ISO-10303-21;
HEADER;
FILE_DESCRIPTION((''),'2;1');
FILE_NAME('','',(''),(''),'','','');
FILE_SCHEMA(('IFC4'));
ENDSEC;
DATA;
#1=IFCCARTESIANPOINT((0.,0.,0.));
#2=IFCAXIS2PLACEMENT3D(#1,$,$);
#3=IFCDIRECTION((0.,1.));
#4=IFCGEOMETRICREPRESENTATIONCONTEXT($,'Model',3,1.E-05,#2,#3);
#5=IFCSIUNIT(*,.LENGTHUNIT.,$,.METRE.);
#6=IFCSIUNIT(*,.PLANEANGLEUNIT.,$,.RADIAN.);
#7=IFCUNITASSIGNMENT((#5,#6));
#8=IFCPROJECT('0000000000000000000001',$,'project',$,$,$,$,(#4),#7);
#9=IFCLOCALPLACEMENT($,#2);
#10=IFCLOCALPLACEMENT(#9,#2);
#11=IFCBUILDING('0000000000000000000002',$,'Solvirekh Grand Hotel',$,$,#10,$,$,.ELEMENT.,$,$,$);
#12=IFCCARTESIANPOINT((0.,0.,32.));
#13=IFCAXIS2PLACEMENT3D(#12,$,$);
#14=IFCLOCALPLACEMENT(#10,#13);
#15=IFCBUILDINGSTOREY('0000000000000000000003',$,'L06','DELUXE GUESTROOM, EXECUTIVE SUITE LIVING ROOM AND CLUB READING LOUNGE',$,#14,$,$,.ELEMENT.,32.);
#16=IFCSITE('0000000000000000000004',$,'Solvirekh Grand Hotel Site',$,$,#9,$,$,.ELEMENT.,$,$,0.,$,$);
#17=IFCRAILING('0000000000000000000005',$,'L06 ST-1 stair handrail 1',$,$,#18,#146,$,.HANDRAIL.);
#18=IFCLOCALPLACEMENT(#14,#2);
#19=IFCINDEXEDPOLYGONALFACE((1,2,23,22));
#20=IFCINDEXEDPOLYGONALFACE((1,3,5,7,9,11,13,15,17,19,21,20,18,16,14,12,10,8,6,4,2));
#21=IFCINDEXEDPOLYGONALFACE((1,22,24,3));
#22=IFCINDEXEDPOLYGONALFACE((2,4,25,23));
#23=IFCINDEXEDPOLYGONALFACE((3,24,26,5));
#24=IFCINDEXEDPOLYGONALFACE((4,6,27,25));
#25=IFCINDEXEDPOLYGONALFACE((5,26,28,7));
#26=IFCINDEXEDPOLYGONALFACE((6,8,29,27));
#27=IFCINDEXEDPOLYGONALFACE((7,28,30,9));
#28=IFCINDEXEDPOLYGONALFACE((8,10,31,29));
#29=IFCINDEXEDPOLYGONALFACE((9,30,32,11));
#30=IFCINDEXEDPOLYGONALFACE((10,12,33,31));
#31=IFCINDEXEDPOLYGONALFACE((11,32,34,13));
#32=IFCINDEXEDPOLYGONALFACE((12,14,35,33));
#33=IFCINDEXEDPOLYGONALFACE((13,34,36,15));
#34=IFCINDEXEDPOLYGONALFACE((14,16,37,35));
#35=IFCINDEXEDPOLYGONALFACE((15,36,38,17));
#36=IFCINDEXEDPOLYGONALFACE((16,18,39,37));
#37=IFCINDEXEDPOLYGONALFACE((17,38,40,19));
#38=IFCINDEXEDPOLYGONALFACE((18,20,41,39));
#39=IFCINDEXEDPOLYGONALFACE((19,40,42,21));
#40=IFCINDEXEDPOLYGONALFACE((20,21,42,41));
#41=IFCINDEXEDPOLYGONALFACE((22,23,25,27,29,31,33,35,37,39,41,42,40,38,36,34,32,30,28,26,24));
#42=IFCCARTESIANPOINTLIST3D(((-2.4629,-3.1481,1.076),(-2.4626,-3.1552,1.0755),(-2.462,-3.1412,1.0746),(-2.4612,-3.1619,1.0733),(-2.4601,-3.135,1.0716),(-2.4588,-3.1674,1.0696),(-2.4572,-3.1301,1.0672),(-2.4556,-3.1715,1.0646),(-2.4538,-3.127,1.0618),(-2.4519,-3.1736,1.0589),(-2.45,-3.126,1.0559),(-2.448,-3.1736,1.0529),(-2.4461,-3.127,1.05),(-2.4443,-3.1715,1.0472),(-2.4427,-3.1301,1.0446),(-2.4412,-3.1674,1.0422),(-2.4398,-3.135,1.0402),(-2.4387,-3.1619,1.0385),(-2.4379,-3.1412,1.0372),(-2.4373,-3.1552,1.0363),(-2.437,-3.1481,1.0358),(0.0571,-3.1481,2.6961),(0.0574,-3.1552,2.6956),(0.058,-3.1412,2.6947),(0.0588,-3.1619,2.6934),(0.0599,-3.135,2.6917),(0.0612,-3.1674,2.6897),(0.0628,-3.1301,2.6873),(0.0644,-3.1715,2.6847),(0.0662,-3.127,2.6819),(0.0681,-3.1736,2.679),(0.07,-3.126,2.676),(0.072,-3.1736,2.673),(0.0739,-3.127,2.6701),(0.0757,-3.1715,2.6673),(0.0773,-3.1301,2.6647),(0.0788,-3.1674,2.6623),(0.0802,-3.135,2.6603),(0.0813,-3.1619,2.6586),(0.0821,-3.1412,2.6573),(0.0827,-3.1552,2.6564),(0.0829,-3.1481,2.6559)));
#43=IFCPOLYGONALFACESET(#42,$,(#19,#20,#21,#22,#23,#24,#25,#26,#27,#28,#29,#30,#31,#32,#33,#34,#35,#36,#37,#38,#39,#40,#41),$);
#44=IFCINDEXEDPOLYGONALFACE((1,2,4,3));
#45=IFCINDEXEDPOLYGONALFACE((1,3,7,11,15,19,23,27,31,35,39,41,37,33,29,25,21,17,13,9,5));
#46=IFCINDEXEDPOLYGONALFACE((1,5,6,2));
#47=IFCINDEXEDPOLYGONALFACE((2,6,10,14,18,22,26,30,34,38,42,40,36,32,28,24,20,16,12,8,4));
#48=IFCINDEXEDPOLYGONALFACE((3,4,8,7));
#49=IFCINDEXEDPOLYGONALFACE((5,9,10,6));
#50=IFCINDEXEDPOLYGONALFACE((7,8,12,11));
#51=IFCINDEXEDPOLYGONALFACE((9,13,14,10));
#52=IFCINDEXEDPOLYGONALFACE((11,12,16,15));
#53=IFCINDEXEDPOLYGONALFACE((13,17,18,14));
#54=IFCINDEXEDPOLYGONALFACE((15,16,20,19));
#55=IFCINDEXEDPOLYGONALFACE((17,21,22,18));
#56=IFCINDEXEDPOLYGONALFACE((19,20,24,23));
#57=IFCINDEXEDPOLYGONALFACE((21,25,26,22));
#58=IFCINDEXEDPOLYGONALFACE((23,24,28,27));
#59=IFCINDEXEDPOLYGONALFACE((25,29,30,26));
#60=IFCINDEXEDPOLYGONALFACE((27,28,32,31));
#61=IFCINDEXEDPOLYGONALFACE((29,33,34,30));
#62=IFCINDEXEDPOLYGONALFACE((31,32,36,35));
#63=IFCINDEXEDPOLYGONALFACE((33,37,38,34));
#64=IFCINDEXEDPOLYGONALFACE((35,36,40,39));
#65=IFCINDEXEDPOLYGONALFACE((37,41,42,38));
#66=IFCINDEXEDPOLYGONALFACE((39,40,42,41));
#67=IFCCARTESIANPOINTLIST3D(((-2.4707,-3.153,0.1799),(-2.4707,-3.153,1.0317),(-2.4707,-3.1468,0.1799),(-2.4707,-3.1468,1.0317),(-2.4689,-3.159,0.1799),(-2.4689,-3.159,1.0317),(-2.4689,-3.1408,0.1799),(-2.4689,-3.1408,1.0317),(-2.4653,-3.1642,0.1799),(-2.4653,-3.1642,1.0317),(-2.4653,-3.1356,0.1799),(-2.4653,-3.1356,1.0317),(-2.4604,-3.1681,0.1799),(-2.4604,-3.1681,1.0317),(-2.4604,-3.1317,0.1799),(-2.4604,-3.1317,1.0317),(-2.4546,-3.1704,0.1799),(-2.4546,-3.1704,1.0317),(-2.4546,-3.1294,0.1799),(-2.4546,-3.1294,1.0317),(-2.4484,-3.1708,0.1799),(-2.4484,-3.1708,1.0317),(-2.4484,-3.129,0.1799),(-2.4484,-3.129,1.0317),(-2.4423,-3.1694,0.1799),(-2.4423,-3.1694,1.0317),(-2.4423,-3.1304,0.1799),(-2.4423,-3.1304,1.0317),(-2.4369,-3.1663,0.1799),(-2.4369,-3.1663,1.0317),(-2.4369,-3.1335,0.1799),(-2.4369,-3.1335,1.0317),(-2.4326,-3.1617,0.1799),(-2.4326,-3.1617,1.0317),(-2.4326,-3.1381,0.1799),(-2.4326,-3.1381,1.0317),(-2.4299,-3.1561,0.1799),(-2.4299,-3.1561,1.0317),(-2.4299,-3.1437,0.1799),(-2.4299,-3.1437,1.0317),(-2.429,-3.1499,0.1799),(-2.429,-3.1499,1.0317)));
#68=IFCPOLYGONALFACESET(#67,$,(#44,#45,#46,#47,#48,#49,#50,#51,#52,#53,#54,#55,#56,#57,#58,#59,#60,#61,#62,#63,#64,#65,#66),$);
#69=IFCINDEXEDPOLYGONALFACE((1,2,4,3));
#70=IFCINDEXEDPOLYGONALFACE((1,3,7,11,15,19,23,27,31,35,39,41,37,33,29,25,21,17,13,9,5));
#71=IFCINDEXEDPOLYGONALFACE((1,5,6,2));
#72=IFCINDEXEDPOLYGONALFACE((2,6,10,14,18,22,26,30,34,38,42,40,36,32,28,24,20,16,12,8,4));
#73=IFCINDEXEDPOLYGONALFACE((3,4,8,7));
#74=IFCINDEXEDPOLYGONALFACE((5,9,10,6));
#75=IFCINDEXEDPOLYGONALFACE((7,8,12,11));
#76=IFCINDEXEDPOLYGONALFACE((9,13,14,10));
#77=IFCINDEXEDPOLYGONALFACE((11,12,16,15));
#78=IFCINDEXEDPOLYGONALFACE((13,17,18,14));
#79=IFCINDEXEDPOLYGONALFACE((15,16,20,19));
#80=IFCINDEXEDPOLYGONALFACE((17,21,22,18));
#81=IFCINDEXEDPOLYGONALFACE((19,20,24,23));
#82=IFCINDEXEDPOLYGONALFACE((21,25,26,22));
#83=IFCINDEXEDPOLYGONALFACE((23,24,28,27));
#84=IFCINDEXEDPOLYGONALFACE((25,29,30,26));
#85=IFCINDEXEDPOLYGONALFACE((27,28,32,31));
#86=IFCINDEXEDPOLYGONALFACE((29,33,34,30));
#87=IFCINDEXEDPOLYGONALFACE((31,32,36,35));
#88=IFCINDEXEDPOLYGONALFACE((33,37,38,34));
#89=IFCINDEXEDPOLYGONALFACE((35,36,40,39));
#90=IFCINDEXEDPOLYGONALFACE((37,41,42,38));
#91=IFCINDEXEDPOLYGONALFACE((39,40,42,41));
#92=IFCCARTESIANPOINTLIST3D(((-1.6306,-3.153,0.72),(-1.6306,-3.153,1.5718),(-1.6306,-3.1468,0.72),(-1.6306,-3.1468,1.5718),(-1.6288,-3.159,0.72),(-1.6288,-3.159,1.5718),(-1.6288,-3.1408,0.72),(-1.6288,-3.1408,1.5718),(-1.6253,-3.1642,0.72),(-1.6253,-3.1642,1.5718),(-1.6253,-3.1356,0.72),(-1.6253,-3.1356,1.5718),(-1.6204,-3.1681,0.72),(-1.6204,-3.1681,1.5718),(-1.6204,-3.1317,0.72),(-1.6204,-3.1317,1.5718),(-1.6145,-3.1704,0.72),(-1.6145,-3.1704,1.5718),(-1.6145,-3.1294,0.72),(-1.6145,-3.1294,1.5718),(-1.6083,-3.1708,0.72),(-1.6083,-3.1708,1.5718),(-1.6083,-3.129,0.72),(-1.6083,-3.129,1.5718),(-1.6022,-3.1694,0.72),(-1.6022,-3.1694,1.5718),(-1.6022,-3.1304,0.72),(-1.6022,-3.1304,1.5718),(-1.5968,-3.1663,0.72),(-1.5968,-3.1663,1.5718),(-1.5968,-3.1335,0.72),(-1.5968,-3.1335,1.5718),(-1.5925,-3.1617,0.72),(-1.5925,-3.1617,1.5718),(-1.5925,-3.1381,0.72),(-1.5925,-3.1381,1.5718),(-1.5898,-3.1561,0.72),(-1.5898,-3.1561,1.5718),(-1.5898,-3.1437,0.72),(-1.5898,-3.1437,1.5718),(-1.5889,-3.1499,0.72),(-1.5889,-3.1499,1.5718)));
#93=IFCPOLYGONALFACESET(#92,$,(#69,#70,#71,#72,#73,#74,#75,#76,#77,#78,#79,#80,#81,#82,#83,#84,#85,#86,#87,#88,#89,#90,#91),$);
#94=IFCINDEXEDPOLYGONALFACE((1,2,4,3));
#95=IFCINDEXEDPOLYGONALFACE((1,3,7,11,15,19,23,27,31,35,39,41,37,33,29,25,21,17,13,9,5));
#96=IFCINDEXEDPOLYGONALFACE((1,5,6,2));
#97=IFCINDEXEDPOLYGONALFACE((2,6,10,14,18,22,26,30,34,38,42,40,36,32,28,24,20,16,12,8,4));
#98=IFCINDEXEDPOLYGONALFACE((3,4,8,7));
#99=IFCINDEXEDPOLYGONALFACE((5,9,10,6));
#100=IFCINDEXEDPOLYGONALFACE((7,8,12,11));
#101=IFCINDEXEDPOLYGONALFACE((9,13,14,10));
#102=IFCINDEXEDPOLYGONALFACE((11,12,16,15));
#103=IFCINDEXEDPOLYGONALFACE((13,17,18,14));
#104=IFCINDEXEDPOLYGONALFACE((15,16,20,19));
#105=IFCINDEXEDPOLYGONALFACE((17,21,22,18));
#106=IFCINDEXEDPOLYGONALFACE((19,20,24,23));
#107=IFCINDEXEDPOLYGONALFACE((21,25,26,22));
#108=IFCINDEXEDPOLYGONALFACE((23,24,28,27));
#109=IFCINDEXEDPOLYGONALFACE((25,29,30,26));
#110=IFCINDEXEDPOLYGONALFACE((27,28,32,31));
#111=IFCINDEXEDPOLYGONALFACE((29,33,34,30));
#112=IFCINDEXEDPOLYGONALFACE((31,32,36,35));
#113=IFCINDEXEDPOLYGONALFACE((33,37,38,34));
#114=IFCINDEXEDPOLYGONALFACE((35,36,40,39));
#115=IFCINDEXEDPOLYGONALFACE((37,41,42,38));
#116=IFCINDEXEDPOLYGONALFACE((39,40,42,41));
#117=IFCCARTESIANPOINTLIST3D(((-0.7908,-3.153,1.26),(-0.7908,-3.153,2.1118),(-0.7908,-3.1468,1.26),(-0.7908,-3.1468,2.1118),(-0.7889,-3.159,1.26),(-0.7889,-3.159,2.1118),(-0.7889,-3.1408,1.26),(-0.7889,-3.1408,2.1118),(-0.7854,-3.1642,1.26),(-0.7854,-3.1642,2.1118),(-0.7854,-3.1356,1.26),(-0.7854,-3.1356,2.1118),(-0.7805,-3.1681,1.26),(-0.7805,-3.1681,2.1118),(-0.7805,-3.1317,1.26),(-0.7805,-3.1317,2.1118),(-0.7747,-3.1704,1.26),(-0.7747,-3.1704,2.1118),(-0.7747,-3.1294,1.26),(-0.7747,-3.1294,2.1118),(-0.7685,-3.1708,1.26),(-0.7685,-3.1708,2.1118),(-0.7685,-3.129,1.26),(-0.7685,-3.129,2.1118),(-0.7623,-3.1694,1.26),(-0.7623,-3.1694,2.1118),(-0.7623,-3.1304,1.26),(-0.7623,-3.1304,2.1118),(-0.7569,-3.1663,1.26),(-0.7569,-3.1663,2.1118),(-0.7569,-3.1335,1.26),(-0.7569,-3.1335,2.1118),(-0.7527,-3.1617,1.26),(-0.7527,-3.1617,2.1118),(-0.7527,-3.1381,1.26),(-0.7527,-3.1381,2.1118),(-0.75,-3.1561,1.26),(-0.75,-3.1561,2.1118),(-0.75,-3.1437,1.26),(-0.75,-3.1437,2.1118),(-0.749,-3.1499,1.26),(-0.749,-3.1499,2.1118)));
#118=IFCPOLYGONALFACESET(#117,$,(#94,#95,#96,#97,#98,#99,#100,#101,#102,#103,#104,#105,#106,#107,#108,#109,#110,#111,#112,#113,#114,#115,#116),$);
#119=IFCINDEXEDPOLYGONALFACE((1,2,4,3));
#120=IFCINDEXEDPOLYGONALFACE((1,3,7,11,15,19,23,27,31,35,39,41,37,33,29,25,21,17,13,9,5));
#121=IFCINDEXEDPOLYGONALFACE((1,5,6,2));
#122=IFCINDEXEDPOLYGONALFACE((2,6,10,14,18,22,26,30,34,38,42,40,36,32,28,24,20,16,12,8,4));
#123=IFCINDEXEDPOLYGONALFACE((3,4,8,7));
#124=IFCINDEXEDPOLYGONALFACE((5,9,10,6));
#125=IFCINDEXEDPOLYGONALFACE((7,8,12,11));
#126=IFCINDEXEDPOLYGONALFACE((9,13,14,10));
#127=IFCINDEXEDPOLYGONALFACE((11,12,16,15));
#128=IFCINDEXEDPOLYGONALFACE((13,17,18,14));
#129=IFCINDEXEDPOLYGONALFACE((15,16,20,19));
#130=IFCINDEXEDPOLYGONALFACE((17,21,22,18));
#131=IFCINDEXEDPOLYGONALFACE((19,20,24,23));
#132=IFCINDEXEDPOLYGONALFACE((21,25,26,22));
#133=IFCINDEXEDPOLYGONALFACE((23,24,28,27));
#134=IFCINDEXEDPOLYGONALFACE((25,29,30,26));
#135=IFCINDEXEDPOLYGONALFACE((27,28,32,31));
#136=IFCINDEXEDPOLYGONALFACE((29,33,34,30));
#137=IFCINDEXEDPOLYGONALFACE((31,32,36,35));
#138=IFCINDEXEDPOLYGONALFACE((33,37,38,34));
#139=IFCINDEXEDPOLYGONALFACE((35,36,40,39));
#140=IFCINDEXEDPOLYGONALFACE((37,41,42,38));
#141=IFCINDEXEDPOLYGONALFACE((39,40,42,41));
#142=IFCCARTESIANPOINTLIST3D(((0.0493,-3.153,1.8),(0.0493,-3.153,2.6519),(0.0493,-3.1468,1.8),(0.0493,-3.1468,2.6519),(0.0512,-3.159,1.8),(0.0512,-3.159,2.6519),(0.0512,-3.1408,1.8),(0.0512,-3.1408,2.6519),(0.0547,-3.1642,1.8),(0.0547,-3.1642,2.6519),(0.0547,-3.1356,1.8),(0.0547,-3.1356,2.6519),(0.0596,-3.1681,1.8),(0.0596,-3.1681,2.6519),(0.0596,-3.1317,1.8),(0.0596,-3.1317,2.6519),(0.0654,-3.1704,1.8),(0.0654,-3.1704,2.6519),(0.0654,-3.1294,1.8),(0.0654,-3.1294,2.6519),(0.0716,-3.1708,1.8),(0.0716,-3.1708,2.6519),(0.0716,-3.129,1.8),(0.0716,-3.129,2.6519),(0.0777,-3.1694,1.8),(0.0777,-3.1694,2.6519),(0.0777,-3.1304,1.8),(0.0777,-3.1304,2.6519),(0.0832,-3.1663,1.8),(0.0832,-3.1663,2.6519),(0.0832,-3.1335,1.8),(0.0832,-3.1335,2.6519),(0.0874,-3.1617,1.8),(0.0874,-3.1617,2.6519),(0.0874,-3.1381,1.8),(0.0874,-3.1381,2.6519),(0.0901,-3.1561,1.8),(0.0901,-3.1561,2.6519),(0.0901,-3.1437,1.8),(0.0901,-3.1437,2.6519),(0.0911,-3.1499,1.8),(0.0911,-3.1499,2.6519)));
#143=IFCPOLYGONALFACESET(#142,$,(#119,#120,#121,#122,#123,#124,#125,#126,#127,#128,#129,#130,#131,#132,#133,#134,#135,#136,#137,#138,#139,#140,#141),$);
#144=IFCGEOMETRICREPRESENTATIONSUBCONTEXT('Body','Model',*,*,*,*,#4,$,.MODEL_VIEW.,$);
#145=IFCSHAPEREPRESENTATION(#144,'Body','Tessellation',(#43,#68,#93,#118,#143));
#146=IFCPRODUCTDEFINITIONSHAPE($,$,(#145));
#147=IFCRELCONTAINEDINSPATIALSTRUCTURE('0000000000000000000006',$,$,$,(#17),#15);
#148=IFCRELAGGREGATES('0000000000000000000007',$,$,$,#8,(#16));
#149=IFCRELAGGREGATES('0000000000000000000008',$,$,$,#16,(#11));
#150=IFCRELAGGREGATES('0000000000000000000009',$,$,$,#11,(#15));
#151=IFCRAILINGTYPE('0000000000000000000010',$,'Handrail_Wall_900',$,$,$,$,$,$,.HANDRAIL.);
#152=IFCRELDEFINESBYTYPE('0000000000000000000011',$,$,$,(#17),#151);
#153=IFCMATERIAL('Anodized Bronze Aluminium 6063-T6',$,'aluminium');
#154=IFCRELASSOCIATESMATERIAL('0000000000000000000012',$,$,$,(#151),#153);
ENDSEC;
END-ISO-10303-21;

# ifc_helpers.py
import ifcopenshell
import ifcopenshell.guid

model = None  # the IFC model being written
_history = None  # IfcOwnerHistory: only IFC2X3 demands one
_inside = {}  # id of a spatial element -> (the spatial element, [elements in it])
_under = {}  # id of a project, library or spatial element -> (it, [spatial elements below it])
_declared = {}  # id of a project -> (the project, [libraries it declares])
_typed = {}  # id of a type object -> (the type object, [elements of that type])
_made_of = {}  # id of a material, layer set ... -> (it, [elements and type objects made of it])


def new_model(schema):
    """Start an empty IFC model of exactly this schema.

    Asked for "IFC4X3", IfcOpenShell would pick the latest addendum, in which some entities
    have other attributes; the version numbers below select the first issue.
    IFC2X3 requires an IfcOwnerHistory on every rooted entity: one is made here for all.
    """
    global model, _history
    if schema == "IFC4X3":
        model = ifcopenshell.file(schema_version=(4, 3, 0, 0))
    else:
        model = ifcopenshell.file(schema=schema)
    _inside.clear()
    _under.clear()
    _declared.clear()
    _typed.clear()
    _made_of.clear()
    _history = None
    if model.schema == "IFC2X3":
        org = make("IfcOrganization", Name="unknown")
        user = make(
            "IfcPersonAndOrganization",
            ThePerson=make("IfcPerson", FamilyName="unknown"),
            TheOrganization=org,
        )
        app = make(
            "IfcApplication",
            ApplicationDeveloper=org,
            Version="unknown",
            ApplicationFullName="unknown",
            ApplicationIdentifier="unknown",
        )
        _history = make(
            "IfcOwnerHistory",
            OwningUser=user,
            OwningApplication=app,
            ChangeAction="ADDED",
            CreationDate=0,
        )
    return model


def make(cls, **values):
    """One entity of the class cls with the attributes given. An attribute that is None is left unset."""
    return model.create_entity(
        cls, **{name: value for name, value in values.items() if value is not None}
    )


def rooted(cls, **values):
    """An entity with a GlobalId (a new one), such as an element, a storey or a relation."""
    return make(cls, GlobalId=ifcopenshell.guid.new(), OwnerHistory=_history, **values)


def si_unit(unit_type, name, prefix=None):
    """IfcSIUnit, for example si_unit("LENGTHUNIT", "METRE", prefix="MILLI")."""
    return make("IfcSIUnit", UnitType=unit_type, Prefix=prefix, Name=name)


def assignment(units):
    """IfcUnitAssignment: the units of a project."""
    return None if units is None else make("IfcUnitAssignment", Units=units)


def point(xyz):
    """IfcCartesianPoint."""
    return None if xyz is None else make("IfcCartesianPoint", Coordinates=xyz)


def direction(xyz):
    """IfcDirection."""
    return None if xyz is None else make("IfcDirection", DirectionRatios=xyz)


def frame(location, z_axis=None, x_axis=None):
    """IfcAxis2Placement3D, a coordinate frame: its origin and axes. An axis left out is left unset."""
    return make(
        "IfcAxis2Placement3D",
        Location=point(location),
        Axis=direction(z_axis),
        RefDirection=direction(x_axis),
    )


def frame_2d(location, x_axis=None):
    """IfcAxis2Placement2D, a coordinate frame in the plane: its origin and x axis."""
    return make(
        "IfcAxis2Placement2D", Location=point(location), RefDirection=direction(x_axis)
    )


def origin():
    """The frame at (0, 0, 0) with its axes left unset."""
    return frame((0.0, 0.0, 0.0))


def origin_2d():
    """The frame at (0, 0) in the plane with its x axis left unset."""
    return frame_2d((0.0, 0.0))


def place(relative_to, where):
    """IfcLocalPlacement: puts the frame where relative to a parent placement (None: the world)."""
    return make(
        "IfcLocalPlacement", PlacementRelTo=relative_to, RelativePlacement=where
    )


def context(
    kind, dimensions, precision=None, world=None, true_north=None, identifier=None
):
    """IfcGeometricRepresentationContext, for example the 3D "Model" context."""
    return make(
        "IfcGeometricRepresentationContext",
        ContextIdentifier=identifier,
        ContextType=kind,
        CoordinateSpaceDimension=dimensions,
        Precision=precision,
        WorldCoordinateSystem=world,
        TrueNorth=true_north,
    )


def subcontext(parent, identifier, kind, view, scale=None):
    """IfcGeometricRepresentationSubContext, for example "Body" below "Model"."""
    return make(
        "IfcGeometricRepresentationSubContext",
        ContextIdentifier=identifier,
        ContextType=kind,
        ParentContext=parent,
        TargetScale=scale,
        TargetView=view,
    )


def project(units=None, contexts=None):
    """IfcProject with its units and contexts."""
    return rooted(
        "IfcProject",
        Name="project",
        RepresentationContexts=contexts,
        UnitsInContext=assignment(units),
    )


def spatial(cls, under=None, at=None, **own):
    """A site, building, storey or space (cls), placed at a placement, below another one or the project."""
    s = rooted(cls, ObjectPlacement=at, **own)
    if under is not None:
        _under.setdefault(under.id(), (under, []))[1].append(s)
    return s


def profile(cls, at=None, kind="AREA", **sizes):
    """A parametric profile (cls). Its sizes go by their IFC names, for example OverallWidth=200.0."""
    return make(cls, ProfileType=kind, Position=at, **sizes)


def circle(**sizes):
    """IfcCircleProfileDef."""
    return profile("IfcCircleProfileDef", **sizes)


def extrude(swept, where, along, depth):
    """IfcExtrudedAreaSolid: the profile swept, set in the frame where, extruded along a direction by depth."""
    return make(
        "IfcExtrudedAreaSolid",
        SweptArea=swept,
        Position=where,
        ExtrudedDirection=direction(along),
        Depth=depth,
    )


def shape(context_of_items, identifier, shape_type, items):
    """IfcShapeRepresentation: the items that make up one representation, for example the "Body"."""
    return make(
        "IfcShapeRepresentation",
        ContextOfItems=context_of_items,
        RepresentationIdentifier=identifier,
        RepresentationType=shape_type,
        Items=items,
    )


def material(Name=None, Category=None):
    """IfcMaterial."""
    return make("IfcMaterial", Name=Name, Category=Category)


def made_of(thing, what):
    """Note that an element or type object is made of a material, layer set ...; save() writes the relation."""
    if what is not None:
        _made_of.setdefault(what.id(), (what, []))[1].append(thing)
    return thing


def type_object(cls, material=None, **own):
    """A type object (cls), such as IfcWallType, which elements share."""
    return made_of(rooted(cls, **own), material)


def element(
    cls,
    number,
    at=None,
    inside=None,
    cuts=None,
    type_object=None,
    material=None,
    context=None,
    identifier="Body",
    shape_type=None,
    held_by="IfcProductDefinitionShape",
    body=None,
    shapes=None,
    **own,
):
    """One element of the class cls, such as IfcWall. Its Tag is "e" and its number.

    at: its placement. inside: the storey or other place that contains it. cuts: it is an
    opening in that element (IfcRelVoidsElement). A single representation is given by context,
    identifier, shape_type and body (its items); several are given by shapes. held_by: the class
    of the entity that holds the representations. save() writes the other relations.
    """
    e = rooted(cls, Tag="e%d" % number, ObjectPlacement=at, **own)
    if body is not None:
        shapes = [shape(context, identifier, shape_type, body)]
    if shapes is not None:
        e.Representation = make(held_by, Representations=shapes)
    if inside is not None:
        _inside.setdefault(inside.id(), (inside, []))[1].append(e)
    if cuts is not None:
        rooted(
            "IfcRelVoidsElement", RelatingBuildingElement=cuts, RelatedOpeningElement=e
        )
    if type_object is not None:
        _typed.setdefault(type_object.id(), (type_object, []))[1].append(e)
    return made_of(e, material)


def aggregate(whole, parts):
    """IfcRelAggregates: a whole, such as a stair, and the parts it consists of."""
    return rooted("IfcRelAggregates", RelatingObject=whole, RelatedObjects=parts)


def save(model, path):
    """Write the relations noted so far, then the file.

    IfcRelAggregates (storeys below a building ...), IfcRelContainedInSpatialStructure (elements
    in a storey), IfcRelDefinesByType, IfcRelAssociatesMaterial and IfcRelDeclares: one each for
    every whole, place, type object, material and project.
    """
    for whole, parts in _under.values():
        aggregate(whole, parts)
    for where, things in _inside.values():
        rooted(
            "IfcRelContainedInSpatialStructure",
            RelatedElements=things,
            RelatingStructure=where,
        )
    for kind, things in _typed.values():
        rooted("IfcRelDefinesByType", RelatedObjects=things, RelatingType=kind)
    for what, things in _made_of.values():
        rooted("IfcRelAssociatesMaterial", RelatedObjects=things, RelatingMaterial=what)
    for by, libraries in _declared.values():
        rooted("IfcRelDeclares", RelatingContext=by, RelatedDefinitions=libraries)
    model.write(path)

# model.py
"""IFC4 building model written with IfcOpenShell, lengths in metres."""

from ifc_helpers import new_model, si_unit, direction, frame, origin, origin_2d, place, context, subcontext, project, spatial, circle, extrude, material, type_object, element, save


model = new_model("IFC4")

# Units and contexts
model_context = context("Model", 3, precision=1e-05, world=origin(), true_north=direction((0.0, 1.0)))
body_context = subcontext(model_context, "Body", "Model", "MODEL_VIEW")
ifc_project = project(units=[si_unit("LENGTHUNIT", "METRE"), si_unit("PLANEANGLEUNIT", "RADIAN")], contexts=[model_context])

# Site, building, storey
site_placement = place(None, origin())
site = spatial("IfcSite", under=ifc_project, at=site_placement, Name="Solvirekh Grand Hotel Site", CompositionType="ELEMENT", RefElevation=0.0)
building_placement = place(site_placement, origin())
building = spatial("IfcBuilding", under=site, at=building_placement, Name="Solvirekh Grand Hotel", CompositionType="ELEMENT")
storey_placement = place(building_placement, frame((0.0, 0.0, 32.0)))
storey = spatial("IfcBuildingStorey", under=building, at=storey_placement, Name="L06", Description="DELUXE GUESTROOM, EXECUTIVE SUITE LIVING ROOM AND CLUB READING LOUNGE", CompositionType="ELEMENT", Elevation=32.0)

# Railing
ifc_material_1 = material(Name="Anodized Bronze Aluminium 6063-T6", Category="aluminium")
railing_type_1 = type_object("IfcRailingType", Name="Handrail_Wall_900", PredefinedType="HANDRAIL", material=ifc_material_1)
railing_1_placement = place(storey_placement, frame((-2.45, -3.1499, 0.1799)))
element("IfcRailing", 1, at=railing_1_placement, inside=storey, type_object=railing_type_1, Name="L06 ST-1 stair handrail 1", PredefinedType="HANDRAIL", context=body_context, shape_type="SweptSolid", body=[
    extrude(circle(Radius=0.0239, at=origin_2d()), frame((0.0, 0.0, 0.876), z_axis=(0.841163, 0.0, 0.540782), x_axis=(0.0, 1.0, 0.0)), (0.0, 0.0, 1.0), 2.9958),
    extrude(circle(Radius=0.021, at=origin_2d()), origin(), (0.0, 0.0, 1.0), 0.8518),
    extrude(circle(Radius=0.021, at=origin_2d()), frame((0.8401, 0.0, 0.54)), (0.0, 0.0, 1.0), 0.8518),
    extrude(circle(Radius=0.021, at=origin_2d()), frame((1.6799, 0.0, 1.0801)), (0.0, 0.0, 1.0), 0.8518),
    extrude(circle(Radius=0.021, at=origin_2d()), frame((2.52, 0.0, 1.6201)), (0.0, 0.0, 1.0), 0.8518),
])

save(model, "model.ifc")
